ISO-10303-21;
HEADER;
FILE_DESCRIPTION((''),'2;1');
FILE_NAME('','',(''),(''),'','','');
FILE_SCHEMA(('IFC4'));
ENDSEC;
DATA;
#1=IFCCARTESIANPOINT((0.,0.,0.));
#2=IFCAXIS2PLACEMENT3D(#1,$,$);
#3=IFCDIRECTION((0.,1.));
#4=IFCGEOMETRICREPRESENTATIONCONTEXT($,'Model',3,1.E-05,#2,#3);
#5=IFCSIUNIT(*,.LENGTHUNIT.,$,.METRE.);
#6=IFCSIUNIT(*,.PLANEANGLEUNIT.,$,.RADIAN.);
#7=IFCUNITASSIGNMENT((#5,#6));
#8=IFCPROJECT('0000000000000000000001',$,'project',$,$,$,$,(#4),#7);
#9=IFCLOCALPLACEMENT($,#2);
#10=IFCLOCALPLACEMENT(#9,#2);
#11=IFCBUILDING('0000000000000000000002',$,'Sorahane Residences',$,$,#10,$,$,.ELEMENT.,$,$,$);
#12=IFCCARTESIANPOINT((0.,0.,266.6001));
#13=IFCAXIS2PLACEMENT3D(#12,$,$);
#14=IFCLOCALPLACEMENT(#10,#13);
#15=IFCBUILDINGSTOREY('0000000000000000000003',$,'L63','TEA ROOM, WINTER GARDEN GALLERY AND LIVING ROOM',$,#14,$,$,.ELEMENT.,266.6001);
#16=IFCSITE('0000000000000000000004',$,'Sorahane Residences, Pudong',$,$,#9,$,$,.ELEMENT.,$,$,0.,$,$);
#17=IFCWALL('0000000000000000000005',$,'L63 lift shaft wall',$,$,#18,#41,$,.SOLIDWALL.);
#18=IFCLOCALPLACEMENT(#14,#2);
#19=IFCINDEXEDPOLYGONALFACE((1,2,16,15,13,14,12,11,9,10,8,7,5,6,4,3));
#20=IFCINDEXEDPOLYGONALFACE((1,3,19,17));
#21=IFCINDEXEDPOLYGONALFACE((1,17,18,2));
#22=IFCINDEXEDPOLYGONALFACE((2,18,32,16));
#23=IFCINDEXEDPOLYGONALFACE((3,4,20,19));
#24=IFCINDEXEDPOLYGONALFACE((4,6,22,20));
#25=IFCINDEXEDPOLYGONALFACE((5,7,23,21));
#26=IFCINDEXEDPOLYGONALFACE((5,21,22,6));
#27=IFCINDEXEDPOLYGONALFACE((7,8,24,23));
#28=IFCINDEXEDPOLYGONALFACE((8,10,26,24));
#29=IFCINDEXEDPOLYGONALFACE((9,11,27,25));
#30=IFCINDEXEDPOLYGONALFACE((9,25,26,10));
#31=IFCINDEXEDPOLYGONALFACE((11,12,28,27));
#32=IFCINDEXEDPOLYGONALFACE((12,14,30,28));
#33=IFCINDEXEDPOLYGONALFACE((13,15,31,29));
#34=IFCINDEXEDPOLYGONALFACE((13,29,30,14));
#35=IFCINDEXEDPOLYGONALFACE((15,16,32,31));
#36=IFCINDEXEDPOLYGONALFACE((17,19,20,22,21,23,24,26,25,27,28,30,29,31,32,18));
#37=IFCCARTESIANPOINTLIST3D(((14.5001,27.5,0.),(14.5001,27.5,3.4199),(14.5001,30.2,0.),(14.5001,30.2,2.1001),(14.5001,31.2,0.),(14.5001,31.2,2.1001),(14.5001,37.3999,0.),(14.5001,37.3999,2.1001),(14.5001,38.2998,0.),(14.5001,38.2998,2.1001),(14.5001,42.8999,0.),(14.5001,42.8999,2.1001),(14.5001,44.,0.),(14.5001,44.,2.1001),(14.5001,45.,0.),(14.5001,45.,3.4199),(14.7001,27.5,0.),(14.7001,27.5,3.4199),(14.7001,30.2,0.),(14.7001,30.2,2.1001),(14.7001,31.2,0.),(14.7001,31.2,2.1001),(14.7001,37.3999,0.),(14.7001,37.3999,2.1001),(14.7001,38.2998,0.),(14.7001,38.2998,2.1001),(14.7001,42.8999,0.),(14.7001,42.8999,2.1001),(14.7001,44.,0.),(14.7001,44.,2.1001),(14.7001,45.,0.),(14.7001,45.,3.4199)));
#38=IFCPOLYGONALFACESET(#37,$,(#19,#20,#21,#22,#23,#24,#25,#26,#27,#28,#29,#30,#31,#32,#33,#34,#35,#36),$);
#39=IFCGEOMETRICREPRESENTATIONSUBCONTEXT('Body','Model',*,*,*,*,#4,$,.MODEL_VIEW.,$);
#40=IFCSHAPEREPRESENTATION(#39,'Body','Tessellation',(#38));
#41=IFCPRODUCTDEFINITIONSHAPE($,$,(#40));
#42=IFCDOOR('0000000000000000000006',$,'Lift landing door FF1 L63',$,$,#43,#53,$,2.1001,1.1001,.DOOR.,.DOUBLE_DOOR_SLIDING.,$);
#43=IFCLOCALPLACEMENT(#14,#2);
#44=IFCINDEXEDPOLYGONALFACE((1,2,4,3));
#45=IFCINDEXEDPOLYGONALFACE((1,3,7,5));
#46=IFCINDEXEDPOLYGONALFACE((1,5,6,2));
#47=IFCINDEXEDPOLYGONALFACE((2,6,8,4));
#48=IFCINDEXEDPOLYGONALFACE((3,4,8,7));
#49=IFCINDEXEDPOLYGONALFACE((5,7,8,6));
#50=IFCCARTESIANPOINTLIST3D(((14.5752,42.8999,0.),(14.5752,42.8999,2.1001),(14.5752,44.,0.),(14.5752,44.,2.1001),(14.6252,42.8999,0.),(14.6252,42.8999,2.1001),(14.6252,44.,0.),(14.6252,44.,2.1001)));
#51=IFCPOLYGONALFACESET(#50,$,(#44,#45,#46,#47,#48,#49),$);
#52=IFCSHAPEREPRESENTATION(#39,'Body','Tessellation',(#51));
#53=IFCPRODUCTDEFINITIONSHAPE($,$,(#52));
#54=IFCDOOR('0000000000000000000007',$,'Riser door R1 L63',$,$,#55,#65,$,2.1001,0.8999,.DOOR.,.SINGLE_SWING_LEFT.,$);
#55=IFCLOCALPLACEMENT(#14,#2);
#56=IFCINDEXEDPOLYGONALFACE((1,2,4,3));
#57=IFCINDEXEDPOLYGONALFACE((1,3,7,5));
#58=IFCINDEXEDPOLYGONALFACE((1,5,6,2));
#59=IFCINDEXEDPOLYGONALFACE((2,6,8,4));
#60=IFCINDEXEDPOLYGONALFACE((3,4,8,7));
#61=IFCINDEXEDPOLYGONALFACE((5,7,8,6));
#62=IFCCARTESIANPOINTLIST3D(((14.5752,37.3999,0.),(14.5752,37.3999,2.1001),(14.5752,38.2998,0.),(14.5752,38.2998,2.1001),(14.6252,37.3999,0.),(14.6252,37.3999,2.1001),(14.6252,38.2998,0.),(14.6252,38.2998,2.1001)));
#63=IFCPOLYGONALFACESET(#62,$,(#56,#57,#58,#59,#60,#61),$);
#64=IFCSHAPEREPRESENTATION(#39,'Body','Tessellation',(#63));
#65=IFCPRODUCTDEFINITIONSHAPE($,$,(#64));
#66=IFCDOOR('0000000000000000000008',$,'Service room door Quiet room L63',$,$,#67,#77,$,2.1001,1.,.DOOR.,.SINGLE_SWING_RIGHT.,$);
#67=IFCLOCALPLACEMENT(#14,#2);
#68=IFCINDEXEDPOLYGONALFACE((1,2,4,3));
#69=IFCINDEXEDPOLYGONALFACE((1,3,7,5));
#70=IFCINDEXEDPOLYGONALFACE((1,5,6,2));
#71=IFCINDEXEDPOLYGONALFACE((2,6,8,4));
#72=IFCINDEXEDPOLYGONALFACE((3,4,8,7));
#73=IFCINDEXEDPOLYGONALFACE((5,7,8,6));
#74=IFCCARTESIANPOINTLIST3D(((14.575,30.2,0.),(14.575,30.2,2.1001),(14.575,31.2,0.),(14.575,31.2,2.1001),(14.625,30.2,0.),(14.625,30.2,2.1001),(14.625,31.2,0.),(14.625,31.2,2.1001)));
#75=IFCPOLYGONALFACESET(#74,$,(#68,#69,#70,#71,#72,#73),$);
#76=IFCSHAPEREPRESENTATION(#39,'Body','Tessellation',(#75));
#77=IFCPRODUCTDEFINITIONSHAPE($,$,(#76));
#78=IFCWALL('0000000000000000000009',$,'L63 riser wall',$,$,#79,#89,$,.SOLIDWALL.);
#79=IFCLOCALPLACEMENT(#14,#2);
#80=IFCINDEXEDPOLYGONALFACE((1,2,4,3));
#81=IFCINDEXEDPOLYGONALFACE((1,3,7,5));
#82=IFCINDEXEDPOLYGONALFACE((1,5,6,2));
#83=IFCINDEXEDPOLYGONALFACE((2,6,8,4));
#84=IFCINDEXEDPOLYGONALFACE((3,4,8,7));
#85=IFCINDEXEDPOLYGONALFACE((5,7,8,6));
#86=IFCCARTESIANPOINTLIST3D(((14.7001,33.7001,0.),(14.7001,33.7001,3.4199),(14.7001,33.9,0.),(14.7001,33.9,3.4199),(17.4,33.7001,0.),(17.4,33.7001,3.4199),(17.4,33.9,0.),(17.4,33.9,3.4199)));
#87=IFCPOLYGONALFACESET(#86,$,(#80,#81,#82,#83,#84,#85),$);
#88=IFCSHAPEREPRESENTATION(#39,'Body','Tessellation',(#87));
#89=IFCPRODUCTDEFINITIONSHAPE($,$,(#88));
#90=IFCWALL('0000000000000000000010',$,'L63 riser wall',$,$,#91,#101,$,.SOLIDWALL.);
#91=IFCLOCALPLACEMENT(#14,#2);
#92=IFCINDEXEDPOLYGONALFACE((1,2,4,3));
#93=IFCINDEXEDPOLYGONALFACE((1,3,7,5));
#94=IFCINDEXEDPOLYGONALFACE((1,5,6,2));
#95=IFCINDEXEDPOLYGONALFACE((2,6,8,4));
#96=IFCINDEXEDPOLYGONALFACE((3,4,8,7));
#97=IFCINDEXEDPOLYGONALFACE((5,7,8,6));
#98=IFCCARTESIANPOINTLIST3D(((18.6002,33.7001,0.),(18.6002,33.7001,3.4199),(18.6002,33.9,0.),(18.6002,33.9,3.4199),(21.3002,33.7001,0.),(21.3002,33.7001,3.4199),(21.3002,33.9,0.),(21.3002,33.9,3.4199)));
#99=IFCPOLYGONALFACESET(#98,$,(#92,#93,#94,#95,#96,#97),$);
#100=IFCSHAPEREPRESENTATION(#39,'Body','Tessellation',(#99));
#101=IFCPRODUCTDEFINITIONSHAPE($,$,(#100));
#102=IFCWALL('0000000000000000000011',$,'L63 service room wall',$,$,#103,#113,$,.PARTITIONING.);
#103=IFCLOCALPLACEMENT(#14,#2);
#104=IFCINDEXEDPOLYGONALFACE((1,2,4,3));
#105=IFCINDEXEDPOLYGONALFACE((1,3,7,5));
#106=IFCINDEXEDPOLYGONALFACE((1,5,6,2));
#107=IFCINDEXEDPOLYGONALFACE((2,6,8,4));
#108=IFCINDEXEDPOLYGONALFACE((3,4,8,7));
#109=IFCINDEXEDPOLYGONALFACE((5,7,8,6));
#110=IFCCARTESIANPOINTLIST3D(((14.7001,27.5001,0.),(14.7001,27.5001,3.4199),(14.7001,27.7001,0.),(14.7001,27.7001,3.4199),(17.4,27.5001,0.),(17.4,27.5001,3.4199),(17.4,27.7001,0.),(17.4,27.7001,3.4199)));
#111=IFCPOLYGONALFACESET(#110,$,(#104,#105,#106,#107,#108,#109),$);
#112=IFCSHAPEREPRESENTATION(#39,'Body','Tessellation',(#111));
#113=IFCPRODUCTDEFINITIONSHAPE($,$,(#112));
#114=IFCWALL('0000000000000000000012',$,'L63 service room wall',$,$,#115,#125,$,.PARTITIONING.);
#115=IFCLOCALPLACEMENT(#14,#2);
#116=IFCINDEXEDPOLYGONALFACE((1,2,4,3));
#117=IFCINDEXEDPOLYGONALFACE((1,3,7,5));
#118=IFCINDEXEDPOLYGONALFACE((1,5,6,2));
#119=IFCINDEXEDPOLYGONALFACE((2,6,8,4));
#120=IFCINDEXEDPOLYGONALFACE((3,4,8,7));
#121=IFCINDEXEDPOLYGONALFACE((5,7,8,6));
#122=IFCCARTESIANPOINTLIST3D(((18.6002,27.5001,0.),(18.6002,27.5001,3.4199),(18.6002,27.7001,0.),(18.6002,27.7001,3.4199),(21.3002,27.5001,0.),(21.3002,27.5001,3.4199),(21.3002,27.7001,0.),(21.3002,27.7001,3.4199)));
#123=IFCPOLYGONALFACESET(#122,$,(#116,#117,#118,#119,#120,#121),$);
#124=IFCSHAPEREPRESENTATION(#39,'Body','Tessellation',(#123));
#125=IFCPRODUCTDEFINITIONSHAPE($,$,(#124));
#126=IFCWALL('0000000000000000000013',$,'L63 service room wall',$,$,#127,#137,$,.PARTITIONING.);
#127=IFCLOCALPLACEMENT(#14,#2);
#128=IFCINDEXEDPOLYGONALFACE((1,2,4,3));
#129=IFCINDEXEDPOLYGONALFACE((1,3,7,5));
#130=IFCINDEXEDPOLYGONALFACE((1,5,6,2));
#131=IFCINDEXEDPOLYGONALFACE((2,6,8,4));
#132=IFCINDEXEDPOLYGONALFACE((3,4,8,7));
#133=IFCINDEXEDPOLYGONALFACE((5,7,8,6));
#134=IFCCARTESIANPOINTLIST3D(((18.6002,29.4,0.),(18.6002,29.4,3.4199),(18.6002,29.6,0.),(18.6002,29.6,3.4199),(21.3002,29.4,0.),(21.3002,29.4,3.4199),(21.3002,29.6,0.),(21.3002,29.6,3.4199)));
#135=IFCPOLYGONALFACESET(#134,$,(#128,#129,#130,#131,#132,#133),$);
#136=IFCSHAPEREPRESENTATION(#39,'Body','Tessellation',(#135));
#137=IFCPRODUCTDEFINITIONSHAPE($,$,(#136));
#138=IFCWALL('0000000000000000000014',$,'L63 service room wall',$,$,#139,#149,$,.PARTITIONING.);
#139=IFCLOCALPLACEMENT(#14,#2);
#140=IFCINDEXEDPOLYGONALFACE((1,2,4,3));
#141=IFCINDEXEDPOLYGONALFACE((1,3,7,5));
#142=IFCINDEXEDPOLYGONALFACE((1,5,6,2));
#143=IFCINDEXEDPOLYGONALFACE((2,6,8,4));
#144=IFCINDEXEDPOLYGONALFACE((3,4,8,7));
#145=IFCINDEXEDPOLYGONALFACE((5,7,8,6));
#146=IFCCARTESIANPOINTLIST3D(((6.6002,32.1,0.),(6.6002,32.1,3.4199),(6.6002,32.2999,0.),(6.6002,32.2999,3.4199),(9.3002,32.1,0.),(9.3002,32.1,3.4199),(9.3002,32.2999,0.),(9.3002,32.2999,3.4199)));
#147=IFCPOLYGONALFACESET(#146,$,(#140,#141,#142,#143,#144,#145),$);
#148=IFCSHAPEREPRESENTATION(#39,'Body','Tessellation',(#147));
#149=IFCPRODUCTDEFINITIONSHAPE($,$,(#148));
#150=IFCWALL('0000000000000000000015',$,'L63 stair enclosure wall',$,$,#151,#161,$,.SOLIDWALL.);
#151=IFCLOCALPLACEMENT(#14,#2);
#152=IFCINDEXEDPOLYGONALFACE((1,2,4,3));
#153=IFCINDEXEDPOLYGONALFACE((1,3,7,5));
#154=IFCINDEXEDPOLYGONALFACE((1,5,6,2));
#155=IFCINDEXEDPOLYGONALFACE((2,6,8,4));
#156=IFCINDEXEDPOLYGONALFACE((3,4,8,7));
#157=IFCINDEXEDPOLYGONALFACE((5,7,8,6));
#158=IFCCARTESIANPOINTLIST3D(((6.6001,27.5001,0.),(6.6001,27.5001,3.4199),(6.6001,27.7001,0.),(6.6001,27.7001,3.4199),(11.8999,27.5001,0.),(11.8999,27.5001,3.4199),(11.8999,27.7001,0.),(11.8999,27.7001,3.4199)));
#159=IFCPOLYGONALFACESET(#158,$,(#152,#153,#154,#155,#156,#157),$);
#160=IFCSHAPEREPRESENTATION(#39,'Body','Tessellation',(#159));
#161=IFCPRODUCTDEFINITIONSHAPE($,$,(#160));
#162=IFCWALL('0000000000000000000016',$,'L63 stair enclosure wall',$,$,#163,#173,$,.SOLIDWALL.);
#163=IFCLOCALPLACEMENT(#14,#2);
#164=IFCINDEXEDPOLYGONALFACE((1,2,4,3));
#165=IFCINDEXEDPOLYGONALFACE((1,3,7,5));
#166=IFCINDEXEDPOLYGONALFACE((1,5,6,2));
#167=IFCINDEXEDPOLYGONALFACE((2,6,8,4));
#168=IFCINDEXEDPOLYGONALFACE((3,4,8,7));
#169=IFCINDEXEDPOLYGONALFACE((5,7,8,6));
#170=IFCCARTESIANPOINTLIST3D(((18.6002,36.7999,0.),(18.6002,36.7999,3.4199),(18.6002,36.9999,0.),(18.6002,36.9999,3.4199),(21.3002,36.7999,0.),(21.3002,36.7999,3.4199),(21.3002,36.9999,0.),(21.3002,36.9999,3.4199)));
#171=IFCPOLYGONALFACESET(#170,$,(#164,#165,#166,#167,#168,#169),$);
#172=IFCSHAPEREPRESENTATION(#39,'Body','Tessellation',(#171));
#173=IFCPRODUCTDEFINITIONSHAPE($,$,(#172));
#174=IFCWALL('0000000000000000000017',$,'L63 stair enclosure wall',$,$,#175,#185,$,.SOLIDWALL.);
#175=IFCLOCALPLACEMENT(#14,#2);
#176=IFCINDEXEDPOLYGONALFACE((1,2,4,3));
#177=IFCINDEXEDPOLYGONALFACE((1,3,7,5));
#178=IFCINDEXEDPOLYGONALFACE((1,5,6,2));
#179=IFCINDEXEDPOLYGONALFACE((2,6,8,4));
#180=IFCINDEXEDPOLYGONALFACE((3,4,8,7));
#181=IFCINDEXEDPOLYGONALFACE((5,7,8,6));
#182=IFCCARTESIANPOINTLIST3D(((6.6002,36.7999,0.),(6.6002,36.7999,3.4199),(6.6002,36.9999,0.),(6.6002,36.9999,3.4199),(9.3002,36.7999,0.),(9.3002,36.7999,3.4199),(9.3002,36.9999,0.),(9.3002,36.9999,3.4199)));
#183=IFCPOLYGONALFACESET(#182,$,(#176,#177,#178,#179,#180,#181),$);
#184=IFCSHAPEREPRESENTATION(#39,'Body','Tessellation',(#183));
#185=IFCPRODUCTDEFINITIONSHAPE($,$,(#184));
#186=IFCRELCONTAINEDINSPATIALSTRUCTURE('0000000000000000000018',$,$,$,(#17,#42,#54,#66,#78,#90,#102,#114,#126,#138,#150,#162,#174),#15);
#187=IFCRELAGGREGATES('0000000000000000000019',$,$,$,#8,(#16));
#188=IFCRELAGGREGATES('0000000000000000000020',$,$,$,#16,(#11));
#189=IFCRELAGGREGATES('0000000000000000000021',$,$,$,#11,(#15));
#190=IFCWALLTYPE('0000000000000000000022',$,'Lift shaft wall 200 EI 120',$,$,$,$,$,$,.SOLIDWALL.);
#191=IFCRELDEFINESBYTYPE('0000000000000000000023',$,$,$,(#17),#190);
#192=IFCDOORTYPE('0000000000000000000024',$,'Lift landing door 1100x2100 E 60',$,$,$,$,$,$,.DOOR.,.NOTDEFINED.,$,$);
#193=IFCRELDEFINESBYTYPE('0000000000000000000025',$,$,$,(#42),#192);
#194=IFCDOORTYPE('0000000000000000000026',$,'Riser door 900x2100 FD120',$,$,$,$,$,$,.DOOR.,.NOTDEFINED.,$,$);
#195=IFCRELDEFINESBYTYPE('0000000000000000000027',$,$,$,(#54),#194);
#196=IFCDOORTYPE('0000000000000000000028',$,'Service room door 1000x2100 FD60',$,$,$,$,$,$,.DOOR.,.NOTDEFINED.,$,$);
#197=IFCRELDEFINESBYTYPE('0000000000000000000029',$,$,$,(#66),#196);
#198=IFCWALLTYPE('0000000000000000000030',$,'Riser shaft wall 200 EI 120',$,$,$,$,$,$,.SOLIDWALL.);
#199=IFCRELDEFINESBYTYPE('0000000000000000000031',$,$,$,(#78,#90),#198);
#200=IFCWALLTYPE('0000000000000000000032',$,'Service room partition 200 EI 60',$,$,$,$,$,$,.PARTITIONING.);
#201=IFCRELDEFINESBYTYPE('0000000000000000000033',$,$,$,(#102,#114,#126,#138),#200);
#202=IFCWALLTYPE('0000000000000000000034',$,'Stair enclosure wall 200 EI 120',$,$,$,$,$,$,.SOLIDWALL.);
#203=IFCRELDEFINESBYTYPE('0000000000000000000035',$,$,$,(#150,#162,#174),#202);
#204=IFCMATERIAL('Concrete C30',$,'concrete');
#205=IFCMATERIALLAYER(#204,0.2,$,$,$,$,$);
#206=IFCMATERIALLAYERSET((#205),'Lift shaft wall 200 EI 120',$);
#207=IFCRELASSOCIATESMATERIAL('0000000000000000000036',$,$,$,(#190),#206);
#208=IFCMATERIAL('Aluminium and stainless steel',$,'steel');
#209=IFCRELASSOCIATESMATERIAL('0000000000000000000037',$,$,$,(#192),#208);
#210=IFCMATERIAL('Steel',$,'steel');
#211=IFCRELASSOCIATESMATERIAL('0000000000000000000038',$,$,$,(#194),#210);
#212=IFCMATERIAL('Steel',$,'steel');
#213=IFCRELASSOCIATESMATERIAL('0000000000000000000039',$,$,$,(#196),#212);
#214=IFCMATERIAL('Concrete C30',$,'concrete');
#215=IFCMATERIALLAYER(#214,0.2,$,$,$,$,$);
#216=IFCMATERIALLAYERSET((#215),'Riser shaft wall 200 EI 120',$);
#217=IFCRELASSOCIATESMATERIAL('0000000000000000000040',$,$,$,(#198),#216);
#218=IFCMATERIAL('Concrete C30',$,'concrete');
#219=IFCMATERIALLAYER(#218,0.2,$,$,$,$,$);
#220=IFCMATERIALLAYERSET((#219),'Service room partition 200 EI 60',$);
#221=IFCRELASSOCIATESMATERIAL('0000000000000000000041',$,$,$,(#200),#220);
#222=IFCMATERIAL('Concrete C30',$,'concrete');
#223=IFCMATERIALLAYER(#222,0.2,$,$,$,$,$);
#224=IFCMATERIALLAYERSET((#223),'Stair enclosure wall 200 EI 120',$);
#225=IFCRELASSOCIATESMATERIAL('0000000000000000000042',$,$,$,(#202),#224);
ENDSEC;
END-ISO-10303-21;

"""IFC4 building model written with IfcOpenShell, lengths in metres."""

from ifc_helpers import new_model, si_unit, direction, frame, frame_2d, origin, place, context, subcontext, project, spatial, rectangle, extrude, material, layer, layer_set, type_object, element, fill, save


model = new_model("IFC4")

# Units and contexts
model_context = context("Model", 3, precision=1e-05, world=origin(), true_north=direction((0.0, 1.0)))
body_context = subcontext(model_context, "Body", "Model", "MODEL_VIEW")
ifc_project = project(units=[si_unit("LENGTHUNIT", "METRE"), si_unit("PLANEANGLEUNIT", "RADIAN")], contexts=[model_context])

# Site, building, storey
site_placement = place(None, origin())
site = spatial("IfcSite", under=ifc_project, at=site_placement, Name="Sorahane Residences, Pudong", CompositionType="ELEMENT", RefElevation=0.0)
building_placement = place(site_placement, origin())
building = spatial("IfcBuilding", under=site, at=building_placement, Name="Sorahane Residences", CompositionType="ELEMENT")
storey_placement = place(building_placement, frame((0.0, 0.0, 266.6001)))
storey = spatial("IfcBuildingStorey", under=building, at=storey_placement, Name="L63", Description="TEA ROOM, WINTER GARDEN GALLERY AND LIVING ROOM", CompositionType="ELEMENT", Elevation=266.6001)

# Wall, openings, doors
ifc_material_1 = material(Name="Concrete C30", Category="concrete")
ifc_layer_1 = layer(ifc_material_1, 0.2)
ifc_layer_set_1 = layer_set([ifc_layer_1], Name="Lift shaft wall 200 EI 120")
wall_type_1 = type_object("IfcWallType", Name="Lift shaft wall 200 EI 120", PredefinedType="SOLIDWALL", material=ifc_layer_set_1)
wall_1_placement = place(storey_placement, frame((14.6001, 27.5, 0.0), z_axis=(0.0, 0.0, 1.0), x_axis=(0.0, 1.0, 0.0)))
wall_1 = element("IfcWall", 1, at=wall_1_placement, inside=storey, type_object=wall_type_1, Name="L63 lift shaft wall", PredefinedType="SOLIDWALL", context=body_context, shape_type="SweptSolid", body=[
    extrude(rectangle(XDim=17.5, YDim=0.2, at=frame_2d((8.75, 0.0))), origin(), (0.0, 0.0, 1.0), 3.4199),
])
opening_1_placement = place(wall_1_placement, frame((15.3999, 0.0, 0.0)))
opening_1 = element("IfcOpeningElement", 2, at=opening_1_placement, cuts=wall_1, PredefinedType="OPENING", context=body_context, shape_type="SweptSolid", body=[
    extrude(rectangle(XDim=1.1001, YDim=2.1001, at=frame_2d((0.55, 1.05))), frame((0.0, 0.1099, 0.0), z_axis=(0.0, -1.0, 0.0), x_axis=(1.0, 0.0, 0.0)), (0.0, 0.0, 1.0), 0.22),
])
opening_2_placement = place(wall_1_placement, frame((2.7, 0.0, 0.0)))
opening_2 = element("IfcOpeningElement", 3, at=opening_2_placement, cuts=wall_1, PredefinedType="OPENING", context=body_context, shape_type="SweptSolid", body=[
    extrude(rectangle(XDim=1.0, YDim=2.1001, at=frame_2d((0.5, 1.05))), frame((0.0, 0.1099, 0.0), z_axis=(0.0, -1.0, 0.0), x_axis=(1.0, 0.0, 0.0)), (0.0, 0.0, 1.0), 0.22),
])
opening_3_placement = place(wall_1_placement, frame((9.8999, 0.0, 0.0)))
opening_3 = element("IfcOpeningElement", 4, at=opening_3_placement, cuts=wall_1, PredefinedType="OPENING", context=body_context, shape_type="SweptSolid", body=[
    extrude(rectangle(XDim=0.8999, YDim=2.1001, at=frame_2d((0.45, 1.05))), frame((0.0, 0.1099, 0.0), z_axis=(0.0, -1.0, 0.0), x_axis=(1.0, 0.0, 0.0)), (0.0, 0.0, 1.0), 0.22),
])
ifc_material_2 = material(Name="Aluminium and stainless steel", Category="steel")
door_type_1 = type_object("IfcDoorType", Name="Lift landing door 1100x2100 E 60", OperationType="NOTDEFINED", PredefinedType="DOOR", material=ifc_material_2)
door_1_placement = place(opening_1_placement, origin())
door_1 = element("IfcDoor", 5, at=door_1_placement, inside=storey, type_object=door_type_1, Name="Lift landing door FF1 L63", OperationType="DOUBLE_DOOR_SLIDING", OverallHeight=2.1001, OverallWidth=1.1001, PredefinedType="DOOR", context=body_context, shape_type="SweptSolid", body=[
    extrude(rectangle(XDim=1.1001, YDim=2.1001, at=frame_2d((0.55, 1.05))), frame((0.0, 0.0249, 0.0), z_axis=(0.0, -1.0, 0.0), x_axis=(1.0, 0.0, 0.0)), (0.0, 0.0, 1.0), 0.05),
])
fill(opening_1, door_1)
ifc_material_3 = material(Name="Steel", Category="steel")
door_type_2 = type_object("IfcDoorType", Name="Riser door 900x2100 FD120", OperationType="NOTDEFINED", PredefinedType="DOOR", material=ifc_material_3)
door_2_placement = place(opening_3_placement, origin())
door_2 = element("IfcDoor", 6, at=door_2_placement, inside=storey, type_object=door_type_2, Name="Riser door R1 L63", OperationType="SINGLE_SWING_LEFT", OverallHeight=2.1001, OverallWidth=0.8999, PredefinedType="DOOR", context=body_context, shape_type="SweptSolid", body=[
    extrude(rectangle(XDim=0.8999, YDim=2.1001, at=frame_2d((0.45, 1.05))), frame((0.0, 0.0249, 0.0), z_axis=(0.0, -1.0, 0.0), x_axis=(1.0, 0.0, 0.0)), (0.0, 0.0, 1.0), 0.05),
])
fill(opening_3, door_2)
ifc_material_4 = material(Name="Steel", Category="steel")
door_type_3 = type_object("IfcDoorType", Name="Service room door 1000x2100 FD60", OperationType="NOTDEFINED", PredefinedType="DOOR", material=ifc_material_4)
door_3_placement = place(opening_2_placement, frame((1.0, 0.0, 0.0), z_axis=(0.0, 0.0, 1.0), x_axis=(-1.0, 0.0, 0.0)))
door_3 = element("IfcDoor", 7, at=door_3_placement, inside=storey, type_object=door_type_3, Name="Service room door Quiet room L63", OperationType="SINGLE_SWING_RIGHT", OverallHeight=2.1001, OverallWidth=1.0, PredefinedType="DOOR", context=body_context, shape_type="SweptSolid", body=[
    extrude(rectangle(XDim=1.0, YDim=2.1001, at=frame_2d((0.5, 1.05))), frame((0.0, 0.0249, 0.0), z_axis=(0.0, -1.0, 0.0), x_axis=(1.0, 0.0, 0.0)), (0.0, 0.0, 1.0), 0.05),
])
fill(opening_2, door_3)

# Walls
ifc_material_5 = material(Name="Concrete C30", Category="concrete")
ifc_layer_2 = layer(ifc_material_5, 0.2)
ifc_layer_set_2 = layer_set([ifc_layer_2], Name="Riser shaft wall 200 EI 120")
wall_type_2 = type_object("IfcWallType", Name="Riser shaft wall 200 EI 120", PredefinedType="SOLIDWALL", material=ifc_layer_set_2)
for number, where, z_axis, x_axis, name in (
    (8, (14.7, 33.8, 0.0), (0.0, 0.0, 1.0), (1.0, 0.0, 0.0), "L63 riser wall"),
    (9, (18.6001, 33.8, 0.0), (0.0, 0.0, 1.0), (1.0, 0.0, 0.0), "L63 riser wall"),
):
    element("IfcWall", number, at=place(storey_placement, frame(where, z_axis=z_axis, x_axis=x_axis)), inside=storey, type_object=wall_type_2, Name=name, PredefinedType="SOLIDWALL", context=body_context, shape_type="SweptSolid", body=[
        extrude(rectangle(XDim=2.7, YDim=0.2, at=frame_2d((1.3501, 0.0))), origin(), (0.0, 0.0, 1.0), 3.4199),
    ])
ifc_material_6 = material(Name="Concrete C30", Category="concrete")
ifc_layer_3 = layer(ifc_material_6, 0.2)
ifc_layer_set_3 = layer_set([ifc_layer_3], Name="Service room partition 200 EI 60")
wall_type_3 = type_object("IfcWallType", Name="Service room partition 200 EI 60", PredefinedType="PARTITIONING", material=ifc_layer_set_3)
for number, where, z_axis, x_axis, name in (
    (10, (14.7, 27.6001, 0.0), (0.0, 0.0, 1.0), (1.0, 0.0, 0.0), "L63 service room wall"),
    (11, (18.6001, 27.6001, 0.0), (0.0, 0.0, 1.0), (1.0, 0.0, 0.0), "L63 service room wall"),
    (12, (18.6001, 29.5, 0.0), (0.0, 0.0, 1.0), (1.0, 0.0, 0.0), "L63 service room wall"),
    (13, (6.6001, 32.2, 0.0), (0.0, 0.0, 1.0), (1.0, 0.0, 0.0), "L63 service room wall"),
):
    element("IfcWall", number, at=place(storey_placement, frame(where, z_axis=z_axis, x_axis=x_axis)), inside=storey, type_object=wall_type_3, Name=name, PredefinedType="PARTITIONING", context=body_context, shape_type="SweptSolid", body=[
        extrude(rectangle(XDim=2.7, YDim=0.2, at=frame_2d((1.3501, 0.0))), origin(), (0.0, 0.0, 1.0), 3.4199),
    ])
ifc_material_7 = material(Name="Concrete C30", Category="concrete")
ifc_layer_4 = layer(ifc_material_7, 0.2)
ifc_layer_set_4 = layer_set([ifc_layer_4], Name="Stair enclosure wall 200 EI 120")
wall_type_4 = type_object("IfcWallType", Name="Stair enclosure wall 200 EI 120", PredefinedType="SOLIDWALL", material=ifc_layer_set_4)
wall_2_placement = place(storey_placement, frame((6.6001, 27.6001, 0.0), z_axis=(0.0, 0.0, 1.0), x_axis=(1.0, 0.0, 0.0)))
element("IfcWall", 14, at=wall_2_placement, inside=storey, type_object=wall_type_4, Name="L63 stair enclosure wall", PredefinedType="SOLIDWALL", context=body_context, shape_type="SweptSolid", body=[
    extrude(rectangle(XDim=5.2998, YDim=0.2, at=frame_2d((2.6499, 0.0))), origin(), (0.0, 0.0, 1.0), 3.4199),
])
for number, where, z_axis, x_axis, name in (
    (15, (18.6001, 36.8999, 0.0), (0.0, 0.0, 1.0), (1.0, 0.0, 0.0), "L63 stair enclosure wall"),
    (16, (6.6001, 36.8999, 0.0), (0.0, 0.0, 1.0), (1.0, 0.0, 0.0), "L63 stair enclosure wall"),
):
    element("IfcWall", number, at=place(storey_placement, frame(where, z_axis=z_axis, x_axis=x_axis)), inside=storey, type_object=wall_type_4, Name=name, PredefinedType="SOLIDWALL", context=body_context, shape_type="SweptSolid", body=[
        extrude(rectangle(XDim=2.7, YDim=0.2, at=frame_2d((1.3501, 0.0))), origin(), (0.0, 0.0, 1.0), 3.4199),
    ])

save(model, "model.ifc")
